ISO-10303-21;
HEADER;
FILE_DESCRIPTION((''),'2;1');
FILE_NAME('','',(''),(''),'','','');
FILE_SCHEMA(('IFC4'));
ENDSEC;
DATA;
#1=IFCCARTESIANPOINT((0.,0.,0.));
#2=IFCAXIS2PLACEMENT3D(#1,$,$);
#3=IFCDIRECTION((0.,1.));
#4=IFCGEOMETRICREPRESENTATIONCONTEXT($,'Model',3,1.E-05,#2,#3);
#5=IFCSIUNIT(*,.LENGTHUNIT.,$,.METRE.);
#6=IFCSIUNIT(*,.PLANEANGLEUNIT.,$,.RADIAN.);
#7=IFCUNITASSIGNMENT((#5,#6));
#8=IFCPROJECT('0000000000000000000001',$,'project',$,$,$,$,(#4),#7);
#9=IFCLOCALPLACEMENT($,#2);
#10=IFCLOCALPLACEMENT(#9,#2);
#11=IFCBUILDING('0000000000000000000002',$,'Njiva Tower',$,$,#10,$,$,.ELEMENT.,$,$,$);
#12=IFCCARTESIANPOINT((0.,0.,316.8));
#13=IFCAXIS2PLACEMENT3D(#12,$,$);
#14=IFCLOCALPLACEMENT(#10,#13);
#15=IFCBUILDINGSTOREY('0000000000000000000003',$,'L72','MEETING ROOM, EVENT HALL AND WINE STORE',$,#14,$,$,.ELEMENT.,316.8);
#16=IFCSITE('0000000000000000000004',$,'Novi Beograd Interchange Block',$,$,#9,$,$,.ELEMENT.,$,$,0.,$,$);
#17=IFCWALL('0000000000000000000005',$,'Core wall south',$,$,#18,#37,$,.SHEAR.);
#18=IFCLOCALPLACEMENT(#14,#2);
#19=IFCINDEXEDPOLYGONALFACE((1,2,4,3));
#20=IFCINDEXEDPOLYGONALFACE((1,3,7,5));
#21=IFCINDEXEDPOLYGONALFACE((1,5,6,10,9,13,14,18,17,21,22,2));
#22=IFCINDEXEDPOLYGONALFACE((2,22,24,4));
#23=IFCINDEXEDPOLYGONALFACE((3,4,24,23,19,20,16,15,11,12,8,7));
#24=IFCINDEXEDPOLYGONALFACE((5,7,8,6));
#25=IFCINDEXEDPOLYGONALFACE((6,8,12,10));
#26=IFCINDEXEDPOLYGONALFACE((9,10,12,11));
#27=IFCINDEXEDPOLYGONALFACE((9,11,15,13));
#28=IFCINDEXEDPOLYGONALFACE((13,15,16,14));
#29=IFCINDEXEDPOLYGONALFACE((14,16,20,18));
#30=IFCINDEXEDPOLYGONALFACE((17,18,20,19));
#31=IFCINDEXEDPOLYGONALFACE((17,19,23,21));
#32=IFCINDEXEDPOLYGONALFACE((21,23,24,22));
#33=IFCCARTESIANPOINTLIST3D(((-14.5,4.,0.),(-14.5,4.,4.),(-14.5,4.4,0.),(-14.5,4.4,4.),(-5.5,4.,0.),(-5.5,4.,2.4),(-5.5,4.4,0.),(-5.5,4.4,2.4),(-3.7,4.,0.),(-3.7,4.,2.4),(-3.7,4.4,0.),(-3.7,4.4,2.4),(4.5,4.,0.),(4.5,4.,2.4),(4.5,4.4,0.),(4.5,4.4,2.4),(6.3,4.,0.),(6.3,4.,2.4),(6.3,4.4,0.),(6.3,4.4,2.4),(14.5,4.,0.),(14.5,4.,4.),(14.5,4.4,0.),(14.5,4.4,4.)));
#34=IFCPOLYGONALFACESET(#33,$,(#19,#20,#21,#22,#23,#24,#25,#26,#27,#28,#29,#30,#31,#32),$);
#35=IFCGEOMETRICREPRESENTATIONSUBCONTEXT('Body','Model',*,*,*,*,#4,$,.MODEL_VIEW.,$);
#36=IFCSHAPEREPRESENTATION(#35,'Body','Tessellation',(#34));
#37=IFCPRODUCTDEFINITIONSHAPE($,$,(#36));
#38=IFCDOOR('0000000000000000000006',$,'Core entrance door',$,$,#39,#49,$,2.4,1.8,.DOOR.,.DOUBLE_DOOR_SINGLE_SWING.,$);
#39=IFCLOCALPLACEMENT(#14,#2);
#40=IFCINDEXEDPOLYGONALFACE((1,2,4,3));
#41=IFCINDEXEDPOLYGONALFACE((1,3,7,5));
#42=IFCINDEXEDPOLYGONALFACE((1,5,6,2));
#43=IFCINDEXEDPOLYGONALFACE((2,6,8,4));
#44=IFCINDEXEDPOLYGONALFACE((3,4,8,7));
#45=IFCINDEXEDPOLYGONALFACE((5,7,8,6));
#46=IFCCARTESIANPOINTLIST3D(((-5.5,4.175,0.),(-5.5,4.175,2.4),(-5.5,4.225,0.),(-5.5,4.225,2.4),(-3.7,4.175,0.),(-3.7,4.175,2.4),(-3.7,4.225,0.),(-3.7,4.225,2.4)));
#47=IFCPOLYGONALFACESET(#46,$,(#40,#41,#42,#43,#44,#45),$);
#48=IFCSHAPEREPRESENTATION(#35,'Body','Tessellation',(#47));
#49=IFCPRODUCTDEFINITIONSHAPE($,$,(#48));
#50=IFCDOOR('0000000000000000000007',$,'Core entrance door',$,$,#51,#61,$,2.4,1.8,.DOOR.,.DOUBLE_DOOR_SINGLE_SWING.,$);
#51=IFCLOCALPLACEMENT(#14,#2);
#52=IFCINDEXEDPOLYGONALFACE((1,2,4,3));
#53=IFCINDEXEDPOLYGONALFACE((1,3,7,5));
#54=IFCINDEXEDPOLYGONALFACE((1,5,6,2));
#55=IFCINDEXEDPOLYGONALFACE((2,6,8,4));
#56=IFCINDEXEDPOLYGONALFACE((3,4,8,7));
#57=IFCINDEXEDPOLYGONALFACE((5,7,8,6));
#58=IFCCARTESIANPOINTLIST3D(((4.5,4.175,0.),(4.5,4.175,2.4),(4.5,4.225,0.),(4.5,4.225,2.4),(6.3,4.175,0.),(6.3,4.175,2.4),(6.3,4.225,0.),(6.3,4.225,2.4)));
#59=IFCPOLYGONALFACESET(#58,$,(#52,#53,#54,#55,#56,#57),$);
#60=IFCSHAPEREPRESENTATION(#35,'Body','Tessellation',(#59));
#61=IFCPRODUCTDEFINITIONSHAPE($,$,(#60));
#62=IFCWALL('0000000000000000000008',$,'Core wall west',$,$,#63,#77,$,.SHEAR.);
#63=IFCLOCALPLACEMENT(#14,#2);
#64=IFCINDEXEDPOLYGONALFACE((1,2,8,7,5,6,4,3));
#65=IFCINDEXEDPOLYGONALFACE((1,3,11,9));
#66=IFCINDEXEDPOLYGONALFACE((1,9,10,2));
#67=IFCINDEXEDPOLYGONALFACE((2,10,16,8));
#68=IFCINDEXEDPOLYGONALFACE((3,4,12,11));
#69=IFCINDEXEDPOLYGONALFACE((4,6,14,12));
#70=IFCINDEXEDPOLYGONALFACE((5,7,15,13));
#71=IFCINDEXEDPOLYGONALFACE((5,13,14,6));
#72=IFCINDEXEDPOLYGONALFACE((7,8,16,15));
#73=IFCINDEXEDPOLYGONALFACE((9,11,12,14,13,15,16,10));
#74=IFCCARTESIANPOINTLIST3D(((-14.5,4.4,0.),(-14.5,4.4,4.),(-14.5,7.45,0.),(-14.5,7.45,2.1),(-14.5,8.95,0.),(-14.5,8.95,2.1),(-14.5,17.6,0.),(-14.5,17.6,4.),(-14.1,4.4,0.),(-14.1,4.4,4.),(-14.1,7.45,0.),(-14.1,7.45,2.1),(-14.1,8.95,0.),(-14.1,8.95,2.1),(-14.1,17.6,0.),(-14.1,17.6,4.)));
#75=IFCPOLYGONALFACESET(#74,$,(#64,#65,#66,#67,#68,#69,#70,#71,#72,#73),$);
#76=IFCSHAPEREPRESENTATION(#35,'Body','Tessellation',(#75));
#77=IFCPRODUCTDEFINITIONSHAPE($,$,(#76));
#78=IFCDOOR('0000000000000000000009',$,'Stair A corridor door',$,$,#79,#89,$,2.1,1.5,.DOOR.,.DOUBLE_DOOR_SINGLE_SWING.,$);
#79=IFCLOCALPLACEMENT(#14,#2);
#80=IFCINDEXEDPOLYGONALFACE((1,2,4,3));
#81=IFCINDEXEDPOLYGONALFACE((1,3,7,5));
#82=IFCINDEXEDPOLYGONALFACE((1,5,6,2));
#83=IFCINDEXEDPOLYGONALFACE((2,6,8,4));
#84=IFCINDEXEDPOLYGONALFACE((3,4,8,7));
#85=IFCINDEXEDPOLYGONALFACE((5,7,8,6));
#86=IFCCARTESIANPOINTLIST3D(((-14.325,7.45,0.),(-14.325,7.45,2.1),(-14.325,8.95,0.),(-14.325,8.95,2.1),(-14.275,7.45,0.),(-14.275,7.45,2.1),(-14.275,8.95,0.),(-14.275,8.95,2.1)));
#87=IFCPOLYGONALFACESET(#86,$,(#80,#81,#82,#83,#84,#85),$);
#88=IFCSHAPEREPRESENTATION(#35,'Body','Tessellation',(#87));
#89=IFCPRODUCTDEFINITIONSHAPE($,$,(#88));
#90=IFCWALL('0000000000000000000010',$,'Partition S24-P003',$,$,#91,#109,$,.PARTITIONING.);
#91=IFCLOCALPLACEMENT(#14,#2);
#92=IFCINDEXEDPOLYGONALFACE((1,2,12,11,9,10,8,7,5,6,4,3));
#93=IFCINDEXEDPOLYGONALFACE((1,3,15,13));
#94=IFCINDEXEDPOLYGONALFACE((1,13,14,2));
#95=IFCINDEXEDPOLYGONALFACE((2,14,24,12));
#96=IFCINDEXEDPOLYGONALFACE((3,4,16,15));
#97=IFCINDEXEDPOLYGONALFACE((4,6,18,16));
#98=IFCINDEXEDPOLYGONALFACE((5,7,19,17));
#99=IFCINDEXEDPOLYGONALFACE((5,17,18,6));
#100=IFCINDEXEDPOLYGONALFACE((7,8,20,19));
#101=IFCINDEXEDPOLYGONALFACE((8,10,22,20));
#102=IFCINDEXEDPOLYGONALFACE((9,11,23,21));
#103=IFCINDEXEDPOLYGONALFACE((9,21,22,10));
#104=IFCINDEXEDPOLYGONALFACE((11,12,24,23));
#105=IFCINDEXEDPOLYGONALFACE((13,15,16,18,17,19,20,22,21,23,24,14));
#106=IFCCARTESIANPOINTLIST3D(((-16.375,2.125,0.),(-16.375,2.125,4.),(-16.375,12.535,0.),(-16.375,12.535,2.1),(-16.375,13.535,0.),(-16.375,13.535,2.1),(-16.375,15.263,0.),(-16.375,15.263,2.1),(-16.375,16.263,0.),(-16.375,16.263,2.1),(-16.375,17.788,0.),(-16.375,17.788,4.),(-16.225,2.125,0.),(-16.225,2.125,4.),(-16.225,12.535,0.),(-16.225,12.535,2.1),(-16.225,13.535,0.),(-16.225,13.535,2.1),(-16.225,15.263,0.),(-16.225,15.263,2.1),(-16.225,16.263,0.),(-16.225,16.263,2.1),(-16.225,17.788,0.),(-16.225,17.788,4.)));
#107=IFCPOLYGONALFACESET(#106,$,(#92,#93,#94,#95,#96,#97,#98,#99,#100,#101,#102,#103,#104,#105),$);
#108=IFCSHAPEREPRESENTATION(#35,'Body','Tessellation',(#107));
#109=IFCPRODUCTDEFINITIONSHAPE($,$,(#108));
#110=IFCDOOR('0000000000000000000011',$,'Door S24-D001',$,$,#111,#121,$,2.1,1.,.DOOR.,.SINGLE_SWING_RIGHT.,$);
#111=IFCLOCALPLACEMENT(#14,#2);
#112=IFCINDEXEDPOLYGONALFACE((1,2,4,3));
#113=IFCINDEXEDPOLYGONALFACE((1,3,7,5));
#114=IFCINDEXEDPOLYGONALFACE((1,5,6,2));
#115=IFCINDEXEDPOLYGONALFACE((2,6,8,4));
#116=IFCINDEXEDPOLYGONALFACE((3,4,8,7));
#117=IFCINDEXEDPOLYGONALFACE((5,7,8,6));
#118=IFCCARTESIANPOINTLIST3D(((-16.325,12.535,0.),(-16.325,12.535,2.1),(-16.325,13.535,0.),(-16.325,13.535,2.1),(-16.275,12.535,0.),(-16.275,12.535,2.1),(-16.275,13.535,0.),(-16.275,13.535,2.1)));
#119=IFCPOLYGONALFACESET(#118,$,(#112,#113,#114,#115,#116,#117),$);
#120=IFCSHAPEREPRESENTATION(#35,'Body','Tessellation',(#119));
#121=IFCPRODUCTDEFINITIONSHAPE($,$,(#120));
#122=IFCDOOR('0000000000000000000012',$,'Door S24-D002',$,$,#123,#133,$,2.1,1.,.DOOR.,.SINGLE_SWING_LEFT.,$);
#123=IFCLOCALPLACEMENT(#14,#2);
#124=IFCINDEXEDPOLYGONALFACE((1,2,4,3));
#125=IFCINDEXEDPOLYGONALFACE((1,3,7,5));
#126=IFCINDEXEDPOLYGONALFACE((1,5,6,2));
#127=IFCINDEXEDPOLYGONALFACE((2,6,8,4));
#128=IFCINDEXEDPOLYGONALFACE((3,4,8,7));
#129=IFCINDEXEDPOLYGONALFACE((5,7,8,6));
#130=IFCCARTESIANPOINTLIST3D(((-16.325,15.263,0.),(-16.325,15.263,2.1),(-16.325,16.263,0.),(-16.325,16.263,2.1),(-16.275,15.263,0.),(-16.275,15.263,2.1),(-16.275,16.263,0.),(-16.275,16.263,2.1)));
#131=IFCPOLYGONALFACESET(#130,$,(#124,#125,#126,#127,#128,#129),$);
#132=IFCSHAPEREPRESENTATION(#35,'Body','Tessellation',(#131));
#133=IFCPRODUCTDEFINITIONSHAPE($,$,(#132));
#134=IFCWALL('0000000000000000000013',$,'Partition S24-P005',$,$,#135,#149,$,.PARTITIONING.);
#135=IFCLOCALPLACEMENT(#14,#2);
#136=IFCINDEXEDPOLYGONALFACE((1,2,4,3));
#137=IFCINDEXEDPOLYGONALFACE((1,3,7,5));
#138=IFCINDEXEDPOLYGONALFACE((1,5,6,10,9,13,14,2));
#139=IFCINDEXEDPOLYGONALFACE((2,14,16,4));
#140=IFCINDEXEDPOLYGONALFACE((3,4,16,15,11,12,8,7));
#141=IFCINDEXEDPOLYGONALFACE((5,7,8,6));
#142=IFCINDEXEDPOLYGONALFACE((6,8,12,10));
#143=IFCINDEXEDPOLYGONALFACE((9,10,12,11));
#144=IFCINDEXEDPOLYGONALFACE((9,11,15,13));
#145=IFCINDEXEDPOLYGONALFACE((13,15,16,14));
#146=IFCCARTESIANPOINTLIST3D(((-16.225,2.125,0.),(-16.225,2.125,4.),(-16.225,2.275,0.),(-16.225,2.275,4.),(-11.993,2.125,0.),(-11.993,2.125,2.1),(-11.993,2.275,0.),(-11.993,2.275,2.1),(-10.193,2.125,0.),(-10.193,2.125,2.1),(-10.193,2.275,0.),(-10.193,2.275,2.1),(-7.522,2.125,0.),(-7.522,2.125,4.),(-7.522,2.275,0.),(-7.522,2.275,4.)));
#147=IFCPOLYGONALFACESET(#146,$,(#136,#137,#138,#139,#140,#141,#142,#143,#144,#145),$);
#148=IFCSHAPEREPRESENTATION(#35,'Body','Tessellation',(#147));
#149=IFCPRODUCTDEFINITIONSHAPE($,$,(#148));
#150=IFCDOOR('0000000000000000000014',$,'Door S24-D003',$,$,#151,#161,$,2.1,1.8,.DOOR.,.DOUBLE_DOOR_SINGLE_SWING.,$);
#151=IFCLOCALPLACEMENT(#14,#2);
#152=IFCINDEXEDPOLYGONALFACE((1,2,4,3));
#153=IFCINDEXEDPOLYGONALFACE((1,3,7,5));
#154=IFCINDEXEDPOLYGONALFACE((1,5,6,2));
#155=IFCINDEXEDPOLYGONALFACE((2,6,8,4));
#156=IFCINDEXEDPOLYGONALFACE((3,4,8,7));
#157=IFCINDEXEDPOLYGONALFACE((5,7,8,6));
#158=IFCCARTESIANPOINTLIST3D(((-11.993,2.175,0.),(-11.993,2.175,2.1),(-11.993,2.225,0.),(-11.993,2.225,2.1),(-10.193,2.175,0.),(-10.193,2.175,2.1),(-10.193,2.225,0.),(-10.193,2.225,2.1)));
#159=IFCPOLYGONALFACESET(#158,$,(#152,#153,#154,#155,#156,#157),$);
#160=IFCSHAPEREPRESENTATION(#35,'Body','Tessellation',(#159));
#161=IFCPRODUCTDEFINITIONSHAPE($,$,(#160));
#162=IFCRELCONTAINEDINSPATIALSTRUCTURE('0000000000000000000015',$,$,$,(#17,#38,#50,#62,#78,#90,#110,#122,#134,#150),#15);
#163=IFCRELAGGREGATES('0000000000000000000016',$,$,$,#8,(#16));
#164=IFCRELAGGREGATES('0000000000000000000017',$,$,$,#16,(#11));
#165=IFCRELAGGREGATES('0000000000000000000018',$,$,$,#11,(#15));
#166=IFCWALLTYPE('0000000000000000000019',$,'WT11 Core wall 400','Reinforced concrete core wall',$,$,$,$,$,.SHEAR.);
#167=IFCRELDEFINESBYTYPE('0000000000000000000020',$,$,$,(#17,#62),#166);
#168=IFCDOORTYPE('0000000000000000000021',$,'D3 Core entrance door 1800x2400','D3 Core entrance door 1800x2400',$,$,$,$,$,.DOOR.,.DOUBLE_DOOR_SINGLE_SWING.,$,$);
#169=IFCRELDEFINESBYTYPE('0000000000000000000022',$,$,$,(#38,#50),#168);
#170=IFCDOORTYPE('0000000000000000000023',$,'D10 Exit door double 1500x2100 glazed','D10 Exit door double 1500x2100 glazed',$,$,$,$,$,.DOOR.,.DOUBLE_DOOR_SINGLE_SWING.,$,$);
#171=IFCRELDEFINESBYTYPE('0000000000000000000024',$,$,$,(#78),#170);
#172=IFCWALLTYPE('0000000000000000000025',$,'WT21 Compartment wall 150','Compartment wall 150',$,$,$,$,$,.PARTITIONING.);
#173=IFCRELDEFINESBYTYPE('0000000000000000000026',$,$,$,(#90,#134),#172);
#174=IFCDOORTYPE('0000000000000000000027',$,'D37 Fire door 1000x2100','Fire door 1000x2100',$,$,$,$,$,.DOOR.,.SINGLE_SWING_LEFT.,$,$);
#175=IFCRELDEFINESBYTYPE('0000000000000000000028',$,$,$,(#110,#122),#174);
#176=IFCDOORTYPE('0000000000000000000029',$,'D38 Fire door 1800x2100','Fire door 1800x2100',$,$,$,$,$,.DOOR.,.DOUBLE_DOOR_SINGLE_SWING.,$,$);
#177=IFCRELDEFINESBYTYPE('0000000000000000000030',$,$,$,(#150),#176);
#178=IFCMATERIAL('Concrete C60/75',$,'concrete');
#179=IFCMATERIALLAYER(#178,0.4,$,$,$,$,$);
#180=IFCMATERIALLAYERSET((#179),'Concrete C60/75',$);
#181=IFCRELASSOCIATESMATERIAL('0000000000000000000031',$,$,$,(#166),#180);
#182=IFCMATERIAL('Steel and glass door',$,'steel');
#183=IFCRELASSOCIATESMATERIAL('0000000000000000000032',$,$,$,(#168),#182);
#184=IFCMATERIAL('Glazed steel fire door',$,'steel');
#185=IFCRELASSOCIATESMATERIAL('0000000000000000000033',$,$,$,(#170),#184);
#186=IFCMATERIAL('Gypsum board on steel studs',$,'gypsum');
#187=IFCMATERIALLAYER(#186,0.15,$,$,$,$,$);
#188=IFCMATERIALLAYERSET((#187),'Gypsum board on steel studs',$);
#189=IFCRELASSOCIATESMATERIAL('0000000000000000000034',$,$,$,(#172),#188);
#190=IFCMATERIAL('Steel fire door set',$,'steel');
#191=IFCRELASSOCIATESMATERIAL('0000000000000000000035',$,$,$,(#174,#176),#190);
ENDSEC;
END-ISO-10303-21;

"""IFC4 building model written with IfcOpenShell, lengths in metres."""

from ifc_helpers import new_model, si_unit, direction, frame, frame_2d, origin, place, context, subcontext, project, spatial, rectangle, extrude, material, layer, layer_set, type_object, element, fill, save


model = new_model("IFC4")

# Units and contexts
model_context = context("Model", 3, precision=1e-05, world=origin(), true_north=direction((0.0, 1.0)))
body_context = subcontext(model_context, "Body", "Model", "MODEL_VIEW")
ifc_project = project(units=[si_unit("LENGTHUNIT", "METRE"), si_unit("PLANEANGLEUNIT", "RADIAN")], contexts=[model_context])

# Site, building, storey
site_placement = place(None, origin())
site = spatial("IfcSite", under=ifc_project, at=site_placement, Name="Novi Beograd Interchange Block", CompositionType="ELEMENT", RefElevation=0.0)
building_placement = place(site_placement, origin())
building = spatial("IfcBuilding", under=site, at=building_placement, Name="Njiva Tower", CompositionType="ELEMENT")
storey_placement = place(building_placement, frame((0.0, 0.0, 316.8)))
storey = spatial("IfcBuildingStorey", under=building, at=storey_placement, Name="L72", Description="MEETING ROOM, EVENT HALL AND WINE STORE", CompositionType="ELEMENT", Elevation=316.8)

# Wall, openings, doors
ifc_material_1 = material(Name="Concrete C60/75", Category="concrete")
ifc_layer_1 = layer(ifc_material_1, 0.4)
ifc_layer_set_1 = layer_set([ifc_layer_1], Name="Concrete C60/75")
wall_type_1 = type_object("IfcWallType", Name="WT11 Core wall 400", Description="Reinforced concrete core wall", PredefinedType="SHEAR", material=ifc_layer_set_1)
wall_1_placement = place(storey_placement, frame((-14.5, 4.2, 0.0), z_axis=(0.0, 0.0, 1.0), x_axis=(1.0, 0.0, 0.0)))
wall_1 = element("IfcWall", 1, at=wall_1_placement, inside=storey, type_object=wall_type_1, Name="Core wall south", PredefinedType="SHEAR", context=body_context, shape_type="SweptSolid", body=[
    extrude(rectangle(XDim=29.0, YDim=0.4, at=frame_2d((14.5, 0.0))), origin(), (0.0, 0.0, 1.0), 4.0),
])
opening_1_placement = place(wall_1_placement, frame((9.0, 0.0, 0.0)))
opening_1 = element("IfcOpeningElement", 2, at=opening_1_placement, cuts=wall_1, PredefinedType="OPENING", context=body_context, shape_type="SweptSolid", body=[
    extrude(rectangle(XDim=1.8, YDim=2.4, at=frame_2d((0.9, 1.2))), frame((0.0, 0.21, 0.0), z_axis=(0.0, -1.0, 0.0), x_axis=(1.0, 0.0, 0.0)), (0.0, 0.0, 1.0), 0.42),
])
opening_2_placement = place(wall_1_placement, frame((19.0, 0.0, 0.0)))
opening_2 = element("IfcOpeningElement", 3, at=opening_2_placement, cuts=wall_1, PredefinedType="OPENING", context=body_context, shape_type="SweptSolid", body=[
    extrude(rectangle(XDim=1.8, YDim=2.4, at=frame_2d((0.9, 1.2))), frame((0.0, 0.21, 0.0), z_axis=(0.0, -1.0, 0.0), x_axis=(1.0, 0.0, 0.0)), (0.0, 0.0, 1.0), 0.42),
])
ifc_material_2 = material(Name="Steel and glass door", Category="steel")
door_type_1 = type_object("IfcDoorType", Name="D3 Core entrance door 1800x2400", Description="D3 Core entrance door 1800x2400", OperationType="DOUBLE_DOOR_SINGLE_SWING", PredefinedType="DOOR", material=ifc_material_2)
door_1_placement = place(opening_1_placement, origin())
door_1 = element("IfcDoor", 4, at=door_1_placement, inside=storey, type_object=door_type_1, Name="Core entrance door", OperationType="DOUBLE_DOOR_SINGLE_SWING", OverallHeight=2.4, OverallWidth=1.8, PredefinedType="DOOR", context=body_context, shape_type="SweptSolid", body=[
    extrude(rectangle(XDim=1.8, YDim=2.4, at=frame_2d((0.9, 1.2))), frame((0.0, 0.025, 0.0), z_axis=(0.0, -1.0, 0.0), x_axis=(1.0, 0.0, 0.0)), (0.0, 0.0, 1.0), 0.05),
])
fill(opening_1, door_1)
door_2_placement = place(opening_2_placement, origin())
door_2 = element("IfcDoor", 5, at=door_2_placement, inside=storey, type_object=door_type_1, Name="Core entrance door", OperationType="DOUBLE_DOOR_SINGLE_SWING", OverallHeight=2.4, OverallWidth=1.8, PredefinedType="DOOR", context=body_context, shape_type="SweptSolid", body=[
    extrude(rectangle(XDim=1.8, YDim=2.4, at=frame_2d((0.9, 1.2))), frame((0.0, 0.025, 0.0), z_axis=(0.0, -1.0, 0.0), x_axis=(1.0, 0.0, 0.0)), (0.0, 0.0, 1.0), 0.05),
])
fill(opening_2, door_2)

# Wall, opening, door
wall_2_placement = place(storey_placement, frame((-14.3, 4.4, 0.0), z_axis=(0.0, 0.0, 1.0), x_axis=(0.0, 1.0, 0.0)))
wall_2 = element("IfcWall", 6, at=wall_2_placement, inside=storey, type_object=wall_type_1, Name="Core wall west", PredefinedType="SHEAR", context=body_context, shape_type="SweptSolid", body=[
    extrude(rectangle(XDim=13.2, YDim=0.4, at=frame_2d((6.6, 0.0))), origin(), (0.0, 0.0, 1.0), 4.0),
])
opening_3_placement = place(wall_2_placement, frame((3.05, 0.0, 0.0)))
opening_3 = element("IfcOpeningElement", 7, at=opening_3_placement, cuts=wall_2, PredefinedType="OPENING", context=body_context, shape_type="SweptSolid", body=[
    extrude(rectangle(XDim=1.5, YDim=2.1, at=frame_2d((0.75, 1.05))), frame((0.0, 0.21, 0.0), z_axis=(0.0, -1.0, 0.0), x_axis=(1.0, 0.0, 0.0)), (0.0, 0.0, 1.0), 0.42),
])
ifc_material_3 = material(Name="Glazed steel fire door", Category="steel")
door_type_2 = type_object("IfcDoorType", Name="D10 Exit door double 1500x2100 glazed", Description="D10 Exit door double 1500x2100 glazed", OperationType="DOUBLE_DOOR_SINGLE_SWING", PredefinedType="DOOR", material=ifc_material_3)
door_3_placement = place(opening_3_placement, origin())
door_3 = element("IfcDoor", 8, at=door_3_placement, inside=storey, type_object=door_type_2, Name="Stair A corridor door", OperationType="DOUBLE_DOOR_SINGLE_SWING", OverallHeight=2.1, OverallWidth=1.5, PredefinedType="DOOR", context=body_context, shape_type="SweptSolid", body=[
    extrude(rectangle(XDim=1.5, YDim=2.1, at=frame_2d((0.75, 1.05))), frame((0.0, 0.025, 0.0), z_axis=(0.0, -1.0, 0.0), x_axis=(1.0, 0.0, 0.0)), (0.0, 0.0, 1.0), 0.05),
])
fill(opening_3, door_3)

# Wall, openings, doors
ifc_material_4 = material(Name="Gypsum board on steel studs", Category="gypsum")
ifc_layer_2 = layer(ifc_material_4, 0.15)
ifc_layer_set_2 = layer_set([ifc_layer_2], Name="Gypsum board on steel studs")
wall_type_2 = type_object("IfcWallType", Name="WT21 Compartment wall 150", Description="Compartment wall 150", PredefinedType="PARTITIONING", material=ifc_layer_set_2)
wall_3_placement = place(storey_placement, frame((-16.3, 2.125, 0.0), z_axis=(0.0, 0.0, 1.0), x_axis=(0.0, 1.0, 0.0)))
wall_3 = element("IfcWall", 9, at=wall_3_placement, inside=storey, type_object=wall_type_2, Name="Partition S24-P003", PredefinedType="PARTITIONING", context=body_context, shape_type="SweptSolid", body=[
    extrude(rectangle(XDim=15.663, YDim=0.15, at=frame_2d((7.8315, 0.0))), origin(), (0.0, 0.0, 1.0), 4.0),
])
opening_4_placement = place(wall_3_placement, frame((10.41, 0.0, 0.0)))
opening_4 = element("IfcOpeningElement", 10, at=opening_4_placement, cuts=wall_3, PredefinedType="OPENING", context=body_context, shape_type="SweptSolid", body=[
    extrude(rectangle(XDim=1.0, YDim=2.1, at=frame_2d((0.5, 1.05))), frame((0.0, 0.085, 0.0), z_axis=(0.0, -1.0, 0.0), x_axis=(1.0, 0.0, 0.0)), (0.0, 0.0, 1.0), 0.17),
])
opening_5_placement = place(wall_3_placement, frame((13.138, 0.0, 0.0)))
opening_5 = element("IfcOpeningElement", 11, at=opening_5_placement, cuts=wall_3, PredefinedType="OPENING", context=body_context, shape_type="SweptSolid", body=[
    extrude(rectangle(XDim=1.0, YDim=2.1, at=frame_2d((0.5, 1.05))), frame((0.0, 0.085, 0.0), z_axis=(0.0, -1.0, 0.0), x_axis=(1.0, 0.0, 0.0)), (0.0, 0.0, 1.0), 0.17),
])
ifc_material_5 = material(Name="Steel fire door set", Category="steel")
door_type_3 = type_object("IfcDoorType", Name="D37 Fire door 1000x2100", Description="Fire door 1000x2100", OperationType="SINGLE_SWING_LEFT", PredefinedType="DOOR", material=ifc_material_5)
door_4_placement = place(opening_4_placement, origin())
door_4 = element("IfcDoor", 12, at=door_4_placement, inside=storey, type_object=door_type_3, Name="Door S24-D001", OperationType="SINGLE_SWING_RIGHT", OverallHeight=2.1, OverallWidth=1.0, PredefinedType="DOOR", context=body_context, shape_type="SweptSolid", body=[
    extrude(rectangle(XDim=1.0, YDim=2.1, at=frame_2d((0.5, 1.05))), frame((0.0, 0.025, 0.0), z_axis=(0.0, -1.0, 0.0), x_axis=(1.0, 0.0, 0.0)), (0.0, 0.0, 1.0), 0.05),
])
fill(opening_4, door_4)
door_5_placement = place(opening_5_placement, origin())
door_5 = element("IfcDoor", 13, at=door_5_placement, inside=storey, type_object=door_type_3, Name="Door S24-D002", OperationType="SINGLE_SWING_LEFT", OverallHeight=2.1, OverallWidth=1.0, PredefinedType="DOOR", context=body_context, shape_type="SweptSolid", body=[
    extrude(rectangle(XDim=1.0, YDim=2.1, at=frame_2d((0.5, 1.05))), frame((0.0, 0.025, 0.0), z_axis=(0.0, -1.0, 0.0), x_axis=(1.0, 0.0, 0.0)), (0.0, 0.0, 1.0), 0.05),
])
fill(opening_5, door_5)

# Wall, opening, door
wall_4_placement = place(storey_placement, frame((-16.225, 2.2, 0.0), z_axis=(0.0, 0.0, 1.0), x_axis=(1.0, 0.0, 0.0)))
wall_4 = element("IfcWall", 14, at=wall_4_placement, inside=storey, type_object=wall_type_2, Name="Partition S24-P005", PredefinedType="PARTITIONING", context=body_context, shape_type="SweptSolid", body=[
    extrude(rectangle(XDim=8.703, YDim=0.15, at=frame_2d((4.3515, 0.0))), origin(), (0.0, 0.0, 1.0), 4.0),
])
opening_6_placement = place(wall_4_placement, frame((4.232, 0.0, 0.0)))
opening_6 = element("IfcOpeningElement", 15, at=opening_6_placement, cuts=wall_4, PredefinedType="OPENING", context=body_context, shape_type="SweptSolid", body=[
    extrude(rectangle(XDim=1.8, YDim=2.1, at=frame_2d((0.9, 1.05))), frame((0.0, 0.085, 0.0), z_axis=(0.0, -1.0, 0.0), x_axis=(1.0, 0.0, 0.0)), (0.0, 0.0, 1.0), 0.17),
])
door_type_4 = type_object("IfcDoorType", Name="D38 Fire door 1800x2100", Description="Fire door 1800x2100", OperationType="DOUBLE_DOOR_SINGLE_SWING", PredefinedType="DOOR", material=ifc_material_5)
door_6_placement = place(opening_6_placement, origin())
door_6 = element("IfcDoor", 16, at=door_6_placement, inside=storey, type_object=door_type_4, Name="Door S24-D003", OperationType="DOUBLE_DOOR_SINGLE_SWING", OverallHeight=2.1, OverallWidth=1.8, PredefinedType="DOOR", context=body_context, shape_type="SweptSolid", body=[
    extrude(rectangle(XDim=1.8, YDim=2.1, at=frame_2d((0.9, 1.05))), frame((0.0, 0.025, 0.0), z_axis=(0.0, -1.0, 0.0), x_axis=(1.0, 0.0, 0.0)), (0.0, 0.0, 1.0), 0.05),
])
fill(opening_6, door_6)

save(model, "model.ifc")
